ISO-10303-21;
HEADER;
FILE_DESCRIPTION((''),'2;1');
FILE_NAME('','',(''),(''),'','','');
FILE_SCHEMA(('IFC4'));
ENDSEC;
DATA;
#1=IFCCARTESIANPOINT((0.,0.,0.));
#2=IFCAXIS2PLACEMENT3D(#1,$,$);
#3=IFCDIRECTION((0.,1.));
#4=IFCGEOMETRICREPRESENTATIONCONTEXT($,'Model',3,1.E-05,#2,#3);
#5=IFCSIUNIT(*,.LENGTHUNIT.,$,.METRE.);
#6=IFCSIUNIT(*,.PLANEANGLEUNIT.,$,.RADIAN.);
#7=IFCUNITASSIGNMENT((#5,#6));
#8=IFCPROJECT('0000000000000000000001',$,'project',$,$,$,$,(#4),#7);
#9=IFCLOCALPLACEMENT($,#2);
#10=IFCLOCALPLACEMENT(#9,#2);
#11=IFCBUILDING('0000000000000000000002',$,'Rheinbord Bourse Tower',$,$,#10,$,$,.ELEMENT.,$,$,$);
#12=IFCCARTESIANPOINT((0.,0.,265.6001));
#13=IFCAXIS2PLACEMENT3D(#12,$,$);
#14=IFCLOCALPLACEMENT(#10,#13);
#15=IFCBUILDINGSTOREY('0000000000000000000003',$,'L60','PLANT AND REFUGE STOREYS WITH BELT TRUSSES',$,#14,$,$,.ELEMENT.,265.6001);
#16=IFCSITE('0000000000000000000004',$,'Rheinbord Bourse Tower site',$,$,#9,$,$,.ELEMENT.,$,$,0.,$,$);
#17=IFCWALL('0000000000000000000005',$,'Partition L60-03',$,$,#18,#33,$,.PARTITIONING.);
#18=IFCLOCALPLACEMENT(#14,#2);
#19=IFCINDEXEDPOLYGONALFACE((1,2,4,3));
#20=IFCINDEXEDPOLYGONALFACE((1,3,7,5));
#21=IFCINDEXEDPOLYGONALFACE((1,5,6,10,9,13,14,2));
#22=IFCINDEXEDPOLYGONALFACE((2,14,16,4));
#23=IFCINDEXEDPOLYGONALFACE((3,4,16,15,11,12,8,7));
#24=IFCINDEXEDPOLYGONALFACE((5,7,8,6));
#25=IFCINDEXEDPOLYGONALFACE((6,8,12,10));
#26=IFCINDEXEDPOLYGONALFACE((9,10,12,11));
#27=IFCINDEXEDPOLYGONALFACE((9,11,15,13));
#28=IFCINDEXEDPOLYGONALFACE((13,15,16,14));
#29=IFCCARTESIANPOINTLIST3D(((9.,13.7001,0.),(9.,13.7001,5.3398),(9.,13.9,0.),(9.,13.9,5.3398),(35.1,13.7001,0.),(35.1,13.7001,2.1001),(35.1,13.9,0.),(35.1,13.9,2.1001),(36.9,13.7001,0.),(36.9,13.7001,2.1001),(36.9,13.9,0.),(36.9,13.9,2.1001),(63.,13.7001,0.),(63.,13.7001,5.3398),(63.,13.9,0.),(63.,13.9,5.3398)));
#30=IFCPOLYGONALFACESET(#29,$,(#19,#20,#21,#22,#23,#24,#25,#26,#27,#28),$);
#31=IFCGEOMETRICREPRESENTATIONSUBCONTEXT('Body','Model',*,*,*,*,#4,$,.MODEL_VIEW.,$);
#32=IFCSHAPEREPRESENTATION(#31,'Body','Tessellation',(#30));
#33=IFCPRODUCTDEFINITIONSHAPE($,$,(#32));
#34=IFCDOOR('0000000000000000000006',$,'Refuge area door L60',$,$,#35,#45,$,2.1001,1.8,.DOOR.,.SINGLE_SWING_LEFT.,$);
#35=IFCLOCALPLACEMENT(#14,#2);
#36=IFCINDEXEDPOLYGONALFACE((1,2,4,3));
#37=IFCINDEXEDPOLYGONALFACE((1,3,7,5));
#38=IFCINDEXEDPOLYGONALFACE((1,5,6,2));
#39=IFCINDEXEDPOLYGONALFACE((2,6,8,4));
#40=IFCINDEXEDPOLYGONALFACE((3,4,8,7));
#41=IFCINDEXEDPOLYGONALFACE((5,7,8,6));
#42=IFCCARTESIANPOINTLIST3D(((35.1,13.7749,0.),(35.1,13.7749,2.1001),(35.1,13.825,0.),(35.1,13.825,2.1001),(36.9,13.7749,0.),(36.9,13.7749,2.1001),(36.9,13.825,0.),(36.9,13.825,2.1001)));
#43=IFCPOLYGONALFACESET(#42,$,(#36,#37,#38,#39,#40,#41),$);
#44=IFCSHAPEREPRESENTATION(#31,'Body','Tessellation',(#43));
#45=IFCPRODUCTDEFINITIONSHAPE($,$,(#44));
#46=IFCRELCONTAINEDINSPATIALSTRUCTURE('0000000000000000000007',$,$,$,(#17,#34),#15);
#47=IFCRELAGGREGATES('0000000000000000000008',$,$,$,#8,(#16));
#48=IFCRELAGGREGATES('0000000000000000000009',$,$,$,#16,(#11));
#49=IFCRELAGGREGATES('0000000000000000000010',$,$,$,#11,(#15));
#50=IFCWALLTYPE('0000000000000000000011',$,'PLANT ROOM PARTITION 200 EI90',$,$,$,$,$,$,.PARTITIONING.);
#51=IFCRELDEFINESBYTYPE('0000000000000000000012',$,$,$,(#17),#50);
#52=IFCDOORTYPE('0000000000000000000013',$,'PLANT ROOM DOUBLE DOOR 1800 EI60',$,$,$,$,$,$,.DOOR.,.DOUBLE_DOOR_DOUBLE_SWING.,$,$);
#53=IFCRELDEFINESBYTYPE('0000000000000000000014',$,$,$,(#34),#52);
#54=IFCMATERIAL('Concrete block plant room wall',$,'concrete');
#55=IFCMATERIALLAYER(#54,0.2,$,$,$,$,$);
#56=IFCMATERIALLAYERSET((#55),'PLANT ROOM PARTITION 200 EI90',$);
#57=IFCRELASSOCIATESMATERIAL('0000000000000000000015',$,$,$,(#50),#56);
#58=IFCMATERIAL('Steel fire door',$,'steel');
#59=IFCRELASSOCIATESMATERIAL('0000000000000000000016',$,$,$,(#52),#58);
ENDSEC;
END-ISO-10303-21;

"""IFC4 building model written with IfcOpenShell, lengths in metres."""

from ifc_helpers import new_model, si_unit, direction, frame, frame_2d, origin, place, context, subcontext, project, spatial, rectangle, extrude, material, layer, layer_set, type_object, element, fill, save


model = new_model("IFC4")

# Units and contexts
model_context = context("Model", 3, precision=1e-05, world=origin(), true_north=direction((0.0, 1.0)))
body_context = subcontext(model_context, "Body", "Model", "MODEL_VIEW")
ifc_project = project(units=[si_unit("LENGTHUNIT", "METRE"), si_unit("PLANEANGLEUNIT", "RADIAN")], contexts=[model_context])

# Site, building, storey
site_placement = place(None, origin())
site = spatial("IfcSite", under=ifc_project, at=site_placement, Name="Rheinbord Bourse Tower site", CompositionType="ELEMENT", RefElevation=0.0)
building_placement = place(site_placement, origin())
building = spatial("IfcBuilding", under=site, at=building_placement, Name="Rheinbord Bourse Tower", CompositionType="ELEMENT")
storey_placement = place(building_placement, frame((0.0, 0.0, 265.6001)))
storey = spatial("IfcBuildingStorey", under=building, at=storey_placement, Name="L60", Description="PLANT AND REFUGE STOREYS WITH BELT TRUSSES", CompositionType="ELEMENT", Elevation=265.6001)

# Wall, opening, door
ifc_material_1 = material(Name="Concrete block plant room wall", Category="concrete")
ifc_layer_1 = layer(ifc_material_1, 0.2)
ifc_layer_set_1 = layer_set([ifc_layer_1], Name="PLANT ROOM PARTITION 200 EI90")
wall_type = type_object("IfcWallType", Name="PLANT ROOM PARTITION 200 EI90", PredefinedType="PARTITIONING", material=ifc_layer_set_1)
wall_placement = place(storey_placement, frame((9.0, 13.8, 0.0), z_axis=(0.0, 0.0, 1.0), x_axis=(1.0, 0.0, 0.0)))
wall = element("IfcWall", 1, at=wall_placement, inside=storey, type_object=wall_type, Name="Partition L60-03", PredefinedType="PARTITIONING", context=body_context, shape_type="SweptSolid", body=[
    extrude(rectangle(XDim=54.0, YDim=0.2, at=frame_2d((27.0, 0.0))), origin(), (0.0, 0.0, 1.0), 5.3398),
])
opening_placement = place(wall_placement, frame((26.1001, 0.0, 0.0)))
opening = element("IfcOpeningElement", 2, at=opening_placement, cuts=wall, PredefinedType="OPENING", context=body_context, shape_type="SweptSolid", body=[
    extrude(rectangle(XDim=1.8, YDim=2.1001, at=frame_2d((0.8999, 1.05))), frame((0.0, 0.1099, 0.0), z_axis=(0.0, -1.0, 0.0), x_axis=(1.0, 0.0, 0.0)), (0.0, 0.0, 1.0), 0.22),
])
ifc_material_2 = material(Name="Steel fire door", Category="steel")
door_type = type_object("IfcDoorType", Name="PLANT ROOM DOUBLE DOOR 1800 EI60", OperationType="DOUBLE_DOOR_DOUBLE_SWING", PredefinedType="DOOR", material=ifc_material_2)
door_placement = place(opening_placement, origin())
door = element("IfcDoor", 3, at=door_placement, inside=storey, type_object=door_type, Name="Refuge area door L60", OperationType="SINGLE_SWING_LEFT", OverallHeight=2.1001, OverallWidth=1.8, PredefinedType="DOOR", context=body_context, shape_type="SweptSolid", body=[
    extrude(rectangle(XDim=1.8, YDim=2.1001, at=frame_2d((0.8999, 1.05))), frame((0.0, 0.0249, 0.0), z_axis=(0.0, -1.0, 0.0), x_axis=(1.0, 0.0, 0.0)), (0.0, 0.0, 1.0), 0.05),
])
fill(opening, door)

save(model, "model.ifc")
